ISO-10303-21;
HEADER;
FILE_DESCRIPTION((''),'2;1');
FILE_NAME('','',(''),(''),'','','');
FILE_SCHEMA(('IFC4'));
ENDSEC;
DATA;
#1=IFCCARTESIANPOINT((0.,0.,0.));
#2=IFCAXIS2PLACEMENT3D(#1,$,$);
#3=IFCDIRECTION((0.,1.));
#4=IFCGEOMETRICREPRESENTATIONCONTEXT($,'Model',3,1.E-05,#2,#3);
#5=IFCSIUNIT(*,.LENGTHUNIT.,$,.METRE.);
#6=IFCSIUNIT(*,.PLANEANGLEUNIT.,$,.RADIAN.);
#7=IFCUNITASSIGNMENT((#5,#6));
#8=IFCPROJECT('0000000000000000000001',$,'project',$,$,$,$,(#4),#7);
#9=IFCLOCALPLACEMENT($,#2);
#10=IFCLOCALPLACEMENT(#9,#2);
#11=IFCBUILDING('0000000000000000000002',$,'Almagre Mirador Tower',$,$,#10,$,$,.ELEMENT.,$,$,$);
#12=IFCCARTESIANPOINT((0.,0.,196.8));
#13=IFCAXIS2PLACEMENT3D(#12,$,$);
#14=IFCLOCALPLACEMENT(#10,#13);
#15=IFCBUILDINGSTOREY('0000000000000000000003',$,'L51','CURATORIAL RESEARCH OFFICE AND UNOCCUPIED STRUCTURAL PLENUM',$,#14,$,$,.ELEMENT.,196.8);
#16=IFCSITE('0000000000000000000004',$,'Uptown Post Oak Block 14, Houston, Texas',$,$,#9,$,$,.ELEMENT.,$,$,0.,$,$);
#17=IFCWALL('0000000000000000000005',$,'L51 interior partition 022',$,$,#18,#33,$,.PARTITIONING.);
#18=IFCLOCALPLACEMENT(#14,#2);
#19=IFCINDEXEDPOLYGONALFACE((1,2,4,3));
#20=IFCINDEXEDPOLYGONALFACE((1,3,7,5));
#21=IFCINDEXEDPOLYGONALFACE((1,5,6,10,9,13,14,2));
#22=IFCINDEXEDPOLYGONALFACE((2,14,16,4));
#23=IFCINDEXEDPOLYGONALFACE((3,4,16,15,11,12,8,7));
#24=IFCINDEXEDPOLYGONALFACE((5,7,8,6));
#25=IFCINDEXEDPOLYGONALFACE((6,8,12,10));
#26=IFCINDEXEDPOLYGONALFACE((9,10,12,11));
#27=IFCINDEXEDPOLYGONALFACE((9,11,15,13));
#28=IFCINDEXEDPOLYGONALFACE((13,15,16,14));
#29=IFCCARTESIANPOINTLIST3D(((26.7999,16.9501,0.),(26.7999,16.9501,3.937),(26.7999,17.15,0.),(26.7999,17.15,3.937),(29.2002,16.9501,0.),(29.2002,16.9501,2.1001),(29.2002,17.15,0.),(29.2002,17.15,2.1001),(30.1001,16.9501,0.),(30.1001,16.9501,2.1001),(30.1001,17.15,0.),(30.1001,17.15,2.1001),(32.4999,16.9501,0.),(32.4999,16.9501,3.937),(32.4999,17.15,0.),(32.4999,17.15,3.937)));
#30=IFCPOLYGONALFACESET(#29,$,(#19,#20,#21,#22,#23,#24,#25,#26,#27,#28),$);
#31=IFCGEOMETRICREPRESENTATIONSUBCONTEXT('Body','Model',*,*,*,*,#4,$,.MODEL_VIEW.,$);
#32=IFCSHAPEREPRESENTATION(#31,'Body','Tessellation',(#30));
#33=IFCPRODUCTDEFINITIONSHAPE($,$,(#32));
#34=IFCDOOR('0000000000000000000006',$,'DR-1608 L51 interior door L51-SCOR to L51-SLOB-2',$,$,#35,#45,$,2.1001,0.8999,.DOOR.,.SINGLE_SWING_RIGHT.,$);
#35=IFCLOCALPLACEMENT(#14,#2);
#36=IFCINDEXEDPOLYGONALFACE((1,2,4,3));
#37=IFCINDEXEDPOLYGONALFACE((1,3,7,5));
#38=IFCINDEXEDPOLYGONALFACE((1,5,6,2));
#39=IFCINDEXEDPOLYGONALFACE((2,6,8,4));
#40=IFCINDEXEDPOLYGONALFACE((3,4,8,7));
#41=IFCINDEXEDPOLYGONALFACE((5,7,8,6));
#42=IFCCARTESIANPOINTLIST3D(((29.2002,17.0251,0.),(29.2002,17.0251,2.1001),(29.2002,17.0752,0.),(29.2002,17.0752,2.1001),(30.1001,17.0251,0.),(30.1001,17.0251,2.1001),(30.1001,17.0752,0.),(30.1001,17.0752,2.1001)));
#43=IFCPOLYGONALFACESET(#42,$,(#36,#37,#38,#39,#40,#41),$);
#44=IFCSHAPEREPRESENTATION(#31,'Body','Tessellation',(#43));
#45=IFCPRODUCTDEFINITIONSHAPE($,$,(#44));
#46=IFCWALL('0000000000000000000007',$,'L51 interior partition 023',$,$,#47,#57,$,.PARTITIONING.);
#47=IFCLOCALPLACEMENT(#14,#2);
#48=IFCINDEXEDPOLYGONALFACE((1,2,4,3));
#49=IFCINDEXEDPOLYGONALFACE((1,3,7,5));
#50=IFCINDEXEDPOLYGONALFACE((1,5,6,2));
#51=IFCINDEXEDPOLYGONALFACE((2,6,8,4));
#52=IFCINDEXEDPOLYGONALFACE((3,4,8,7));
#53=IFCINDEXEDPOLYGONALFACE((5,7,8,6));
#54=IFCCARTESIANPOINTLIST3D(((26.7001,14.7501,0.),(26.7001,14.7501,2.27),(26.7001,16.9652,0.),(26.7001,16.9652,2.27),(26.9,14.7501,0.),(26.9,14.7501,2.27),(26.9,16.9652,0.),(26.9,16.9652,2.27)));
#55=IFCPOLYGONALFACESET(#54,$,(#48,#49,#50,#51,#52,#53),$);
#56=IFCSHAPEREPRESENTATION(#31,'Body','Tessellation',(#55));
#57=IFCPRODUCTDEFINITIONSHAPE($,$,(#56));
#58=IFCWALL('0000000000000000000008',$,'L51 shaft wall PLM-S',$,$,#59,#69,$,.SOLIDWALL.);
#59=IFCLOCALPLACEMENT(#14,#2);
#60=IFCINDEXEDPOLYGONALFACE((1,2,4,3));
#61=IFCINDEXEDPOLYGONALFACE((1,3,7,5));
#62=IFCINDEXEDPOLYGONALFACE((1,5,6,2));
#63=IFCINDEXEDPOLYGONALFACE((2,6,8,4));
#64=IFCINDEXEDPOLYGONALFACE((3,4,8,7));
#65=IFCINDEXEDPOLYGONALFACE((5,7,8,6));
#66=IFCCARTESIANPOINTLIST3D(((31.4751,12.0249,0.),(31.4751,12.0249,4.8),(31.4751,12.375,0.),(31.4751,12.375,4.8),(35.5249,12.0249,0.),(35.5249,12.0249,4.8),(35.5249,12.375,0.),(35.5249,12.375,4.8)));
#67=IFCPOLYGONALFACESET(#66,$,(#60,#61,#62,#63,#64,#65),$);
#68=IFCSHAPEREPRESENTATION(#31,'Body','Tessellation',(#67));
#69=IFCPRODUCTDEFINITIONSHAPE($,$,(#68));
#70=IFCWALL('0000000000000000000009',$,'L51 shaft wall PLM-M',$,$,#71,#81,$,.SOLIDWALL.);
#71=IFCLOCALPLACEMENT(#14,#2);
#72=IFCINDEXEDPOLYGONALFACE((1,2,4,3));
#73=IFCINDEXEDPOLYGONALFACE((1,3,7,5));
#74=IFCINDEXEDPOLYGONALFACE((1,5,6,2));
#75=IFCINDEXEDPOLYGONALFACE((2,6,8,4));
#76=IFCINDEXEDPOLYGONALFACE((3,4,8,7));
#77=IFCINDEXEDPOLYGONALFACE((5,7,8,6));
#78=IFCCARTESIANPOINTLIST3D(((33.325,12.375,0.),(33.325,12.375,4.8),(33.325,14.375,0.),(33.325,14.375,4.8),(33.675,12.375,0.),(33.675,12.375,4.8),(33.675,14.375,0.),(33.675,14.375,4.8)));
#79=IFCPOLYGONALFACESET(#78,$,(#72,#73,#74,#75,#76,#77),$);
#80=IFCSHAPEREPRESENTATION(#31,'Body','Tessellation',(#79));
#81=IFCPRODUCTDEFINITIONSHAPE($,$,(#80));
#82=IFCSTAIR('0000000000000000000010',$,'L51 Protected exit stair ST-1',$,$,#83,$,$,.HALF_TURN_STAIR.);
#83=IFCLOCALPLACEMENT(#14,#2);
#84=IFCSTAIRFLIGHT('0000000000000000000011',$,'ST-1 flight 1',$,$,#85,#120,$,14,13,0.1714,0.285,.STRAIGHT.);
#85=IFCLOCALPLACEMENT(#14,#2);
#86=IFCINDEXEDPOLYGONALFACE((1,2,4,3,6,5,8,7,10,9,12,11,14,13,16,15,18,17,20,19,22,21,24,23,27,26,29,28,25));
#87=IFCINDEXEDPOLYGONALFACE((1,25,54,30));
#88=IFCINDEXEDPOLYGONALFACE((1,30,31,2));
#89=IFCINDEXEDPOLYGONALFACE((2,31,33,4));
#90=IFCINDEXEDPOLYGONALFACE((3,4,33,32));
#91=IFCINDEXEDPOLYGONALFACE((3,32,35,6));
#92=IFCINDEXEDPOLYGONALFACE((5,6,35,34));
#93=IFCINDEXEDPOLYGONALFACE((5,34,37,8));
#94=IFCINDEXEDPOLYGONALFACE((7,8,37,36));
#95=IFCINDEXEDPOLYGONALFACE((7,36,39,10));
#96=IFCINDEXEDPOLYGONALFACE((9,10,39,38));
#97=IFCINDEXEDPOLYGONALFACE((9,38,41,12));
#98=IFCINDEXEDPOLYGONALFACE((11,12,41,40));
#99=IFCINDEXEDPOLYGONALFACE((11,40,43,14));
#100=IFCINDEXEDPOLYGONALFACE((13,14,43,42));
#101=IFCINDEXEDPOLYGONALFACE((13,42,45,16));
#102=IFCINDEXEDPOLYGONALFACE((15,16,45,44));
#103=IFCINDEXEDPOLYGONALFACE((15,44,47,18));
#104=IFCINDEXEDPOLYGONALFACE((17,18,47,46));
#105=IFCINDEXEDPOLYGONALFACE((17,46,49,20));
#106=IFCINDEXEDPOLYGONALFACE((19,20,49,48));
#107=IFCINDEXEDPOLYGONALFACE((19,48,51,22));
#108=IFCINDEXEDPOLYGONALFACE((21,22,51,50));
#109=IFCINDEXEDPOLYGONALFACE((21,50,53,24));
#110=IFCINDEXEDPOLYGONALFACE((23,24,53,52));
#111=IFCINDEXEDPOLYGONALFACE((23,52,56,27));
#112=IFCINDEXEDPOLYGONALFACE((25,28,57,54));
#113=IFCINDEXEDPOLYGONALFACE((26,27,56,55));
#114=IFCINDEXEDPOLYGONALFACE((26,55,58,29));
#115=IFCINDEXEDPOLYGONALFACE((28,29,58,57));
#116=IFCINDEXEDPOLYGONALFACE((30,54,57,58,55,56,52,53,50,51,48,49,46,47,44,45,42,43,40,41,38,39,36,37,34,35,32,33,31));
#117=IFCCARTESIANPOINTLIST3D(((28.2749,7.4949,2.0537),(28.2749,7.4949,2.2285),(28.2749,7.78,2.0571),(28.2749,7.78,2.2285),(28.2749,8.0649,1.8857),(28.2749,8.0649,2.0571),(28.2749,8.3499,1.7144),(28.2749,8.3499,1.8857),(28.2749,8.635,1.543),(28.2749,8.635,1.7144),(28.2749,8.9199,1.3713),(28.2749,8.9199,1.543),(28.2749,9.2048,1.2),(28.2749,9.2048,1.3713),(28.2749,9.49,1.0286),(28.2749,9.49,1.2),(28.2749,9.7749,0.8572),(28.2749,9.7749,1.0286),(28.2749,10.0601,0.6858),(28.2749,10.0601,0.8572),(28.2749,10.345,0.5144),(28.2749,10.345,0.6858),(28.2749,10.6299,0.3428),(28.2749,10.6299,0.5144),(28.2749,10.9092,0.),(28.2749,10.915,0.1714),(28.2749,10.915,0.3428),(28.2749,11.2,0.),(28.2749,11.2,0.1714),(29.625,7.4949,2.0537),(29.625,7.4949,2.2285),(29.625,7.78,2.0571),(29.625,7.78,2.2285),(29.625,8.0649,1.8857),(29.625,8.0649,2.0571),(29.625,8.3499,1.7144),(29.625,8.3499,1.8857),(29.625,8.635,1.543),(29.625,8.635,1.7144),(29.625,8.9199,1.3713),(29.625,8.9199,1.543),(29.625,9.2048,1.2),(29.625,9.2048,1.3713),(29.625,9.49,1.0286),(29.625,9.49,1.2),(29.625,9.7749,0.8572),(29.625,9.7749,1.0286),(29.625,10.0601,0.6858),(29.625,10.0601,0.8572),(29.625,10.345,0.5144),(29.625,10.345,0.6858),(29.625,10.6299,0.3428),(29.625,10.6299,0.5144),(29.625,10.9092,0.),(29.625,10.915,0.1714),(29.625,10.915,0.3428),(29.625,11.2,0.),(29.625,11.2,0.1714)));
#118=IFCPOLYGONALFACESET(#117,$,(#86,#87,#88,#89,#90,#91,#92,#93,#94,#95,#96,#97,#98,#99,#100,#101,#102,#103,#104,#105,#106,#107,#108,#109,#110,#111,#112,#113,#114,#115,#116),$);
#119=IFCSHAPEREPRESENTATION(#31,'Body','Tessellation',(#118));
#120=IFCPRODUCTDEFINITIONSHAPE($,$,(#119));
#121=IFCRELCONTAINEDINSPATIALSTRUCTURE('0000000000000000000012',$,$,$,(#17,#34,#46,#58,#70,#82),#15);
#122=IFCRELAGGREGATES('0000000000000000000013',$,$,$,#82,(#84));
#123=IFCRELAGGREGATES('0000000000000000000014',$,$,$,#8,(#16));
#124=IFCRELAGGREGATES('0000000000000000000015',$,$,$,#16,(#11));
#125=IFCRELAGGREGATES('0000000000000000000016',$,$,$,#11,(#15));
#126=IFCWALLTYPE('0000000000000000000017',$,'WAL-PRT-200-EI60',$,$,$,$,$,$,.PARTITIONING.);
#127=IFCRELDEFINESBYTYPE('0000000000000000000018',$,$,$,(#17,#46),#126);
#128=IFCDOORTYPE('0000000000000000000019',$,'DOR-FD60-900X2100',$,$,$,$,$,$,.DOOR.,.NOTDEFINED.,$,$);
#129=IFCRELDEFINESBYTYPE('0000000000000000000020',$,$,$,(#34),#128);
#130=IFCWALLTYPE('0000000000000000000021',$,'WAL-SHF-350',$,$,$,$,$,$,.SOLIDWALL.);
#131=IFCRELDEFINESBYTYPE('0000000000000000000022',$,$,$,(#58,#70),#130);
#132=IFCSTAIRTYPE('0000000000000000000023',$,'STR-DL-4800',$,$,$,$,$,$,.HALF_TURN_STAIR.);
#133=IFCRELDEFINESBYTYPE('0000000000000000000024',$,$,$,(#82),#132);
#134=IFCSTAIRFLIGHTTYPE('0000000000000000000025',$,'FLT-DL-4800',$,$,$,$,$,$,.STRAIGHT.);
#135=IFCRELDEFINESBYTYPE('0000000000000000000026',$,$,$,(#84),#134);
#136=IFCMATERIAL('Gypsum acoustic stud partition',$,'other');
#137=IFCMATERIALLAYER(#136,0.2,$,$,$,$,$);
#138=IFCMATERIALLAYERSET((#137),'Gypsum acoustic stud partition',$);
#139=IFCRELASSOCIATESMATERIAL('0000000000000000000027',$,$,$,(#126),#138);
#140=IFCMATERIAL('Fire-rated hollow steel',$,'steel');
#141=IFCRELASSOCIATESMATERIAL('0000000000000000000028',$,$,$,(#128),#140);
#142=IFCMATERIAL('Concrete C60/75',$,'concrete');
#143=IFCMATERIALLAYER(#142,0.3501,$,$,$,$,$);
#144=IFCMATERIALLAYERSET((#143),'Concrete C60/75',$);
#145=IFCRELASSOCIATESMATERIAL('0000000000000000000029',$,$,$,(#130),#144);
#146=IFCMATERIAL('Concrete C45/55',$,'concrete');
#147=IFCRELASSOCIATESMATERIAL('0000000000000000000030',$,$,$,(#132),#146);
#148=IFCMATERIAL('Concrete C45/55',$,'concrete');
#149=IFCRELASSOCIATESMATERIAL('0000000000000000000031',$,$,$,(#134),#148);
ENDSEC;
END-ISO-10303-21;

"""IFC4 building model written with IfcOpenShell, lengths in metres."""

from ifc_helpers import new_model, si_unit, direction, frame, frame_2d, origin, place, context, subcontext, project, spatial, polyline, rectangle, outline, extrude, material, layer, layer_set, type_object, element, fill, aggregate, save


model = new_model("IFC4")

# Units and contexts
model_context = context("Model", 3, precision=1e-05, world=origin(), true_north=direction((0.0, 1.0)))
body_context = subcontext(model_context, "Body", "Model", "MODEL_VIEW")
ifc_project = project(units=[si_unit("LENGTHUNIT", "METRE"), si_unit("PLANEANGLEUNIT", "RADIAN")], contexts=[model_context])

# Site, building, storey
site_placement = place(None, origin())
site = spatial("IfcSite", under=ifc_project, at=site_placement, Name="Uptown Post Oak Block 14, Houston, Texas", CompositionType="ELEMENT", RefElevation=0.0)
building_placement = place(site_placement, origin())
building = spatial("IfcBuilding", under=site, at=building_placement, Name="Almagre Mirador Tower", CompositionType="ELEMENT")
storey_placement = place(building_placement, frame((0.0, 0.0, 196.8)))
storey = spatial("IfcBuildingStorey", under=building, at=storey_placement, Name="L51", Description="CURATORIAL RESEARCH OFFICE AND UNOCCUPIED STRUCTURAL PLENUM", CompositionType="ELEMENT", Elevation=196.8)

# Shared definitions
ifc_material_1 = material(Name="Gypsum acoustic stud partition", Category="other")
ifc_layer_1 = layer(ifc_material_1, 0.2)
ifc_layer_set_1 = layer_set([ifc_layer_1], Name="Gypsum acoustic stud partition")
wall_type_1 = type_object("IfcWallType", Name="WAL-PRT-200-EI60", PredefinedType="PARTITIONING", material=ifc_layer_set_1)
ifc_material_2 = material(Name="Fire-rated hollow steel", Category="steel")
door_type_1 = type_object("IfcDoorType", Name="DOR-FD60-900X2100", OperationType="NOTDEFINED", PredefinedType="DOOR", material=ifc_material_2)

# Wall, opening, door
wall_1_placement = place(storey_placement, frame((32.5, 17.05, 0.0), z_axis=(0.0, 0.0, 1.0), x_axis=(-1.0, 0.0, 0.0)))
wall_1 = element("IfcWall", 1, at=wall_1_placement, inside=storey, type_object=wall_type_1, Name="L51 interior partition 022", PredefinedType="PARTITIONING", context=body_context, shape_type="SweptSolid", body=[
    extrude(rectangle(XDim=5.7, YDim=0.2, at=frame_2d((2.8501, 0.0))), origin(), (0.0, 0.0, 1.0), 3.937),
])
opening_1_placement = place(wall_1_placement, frame((2.3999, 0.0, 0.0)))
opening_1 = element("IfcOpeningElement", 2, at=opening_1_placement, cuts=wall_1, PredefinedType="OPENING", context=body_context, shape_type="SweptSolid", body=[
    extrude(rectangle(XDim=0.8999, YDim=2.1001, at=frame_2d((0.45, 1.05))), frame((0.0, 0.1101, 0.0), z_axis=(0.0, -1.0, 0.0), x_axis=(1.0, 0.0, 0.0)), (0.0, 0.0, 1.0), 0.22),
])
door_1_placement = place(opening_1_placement, origin())
door_1 = element("IfcDoor", 3, at=door_1_placement, inside=storey, type_object=door_type_1, Name="DR-1608 L51 interior door L51-SCOR to L51-SLOB-2", OperationType="SINGLE_SWING_RIGHT", OverallHeight=2.1001, OverallWidth=0.8999, PredefinedType="DOOR", context=body_context, shape_type="SweptSolid", body=[
    extrude(rectangle(XDim=0.8999, YDim=2.1001, at=frame_2d((0.45, 1.05))), frame((0.0, 0.0249, 0.0), z_axis=(0.0, -1.0, 0.0), x_axis=(1.0, 0.0, 0.0)), (0.0, 0.0, 1.0), 0.05),
])
fill(opening_1, door_1)

# Walls
wall_2_placement = place(storey_placement, frame((26.8, 16.9651, 0.0), z_axis=(0.0, 0.0, 1.0), x_axis=(0.0, -1.0, 0.0)))
element("IfcWall", 4, at=wall_2_placement, inside=storey, type_object=wall_type_1, Name="L51 interior partition 023", PredefinedType="PARTITIONING", context=body_context, shape_type="SweptSolid", body=[
    extrude(rectangle(XDim=2.2151, YDim=0.2, at=frame_2d((1.1074, 0.0))), origin(), (0.0, 0.0, 1.0), 2.27),
])
ifc_material_3 = material(Name="Concrete C60/75", Category="concrete")
ifc_layer_2 = layer(ifc_material_3, 0.3501)
ifc_layer_set_2 = layer_set([ifc_layer_2], Name="Concrete C60/75")
wall_type_2 = type_object("IfcWallType", Name="WAL-SHF-350", PredefinedType="SOLIDWALL", material=ifc_layer_set_2)
wall_3_placement = place(storey_placement, frame((31.4751, 12.2, 0.0), z_axis=(0.0, 0.0, 1.0), x_axis=(1.0, 0.0, 0.0)))
element("IfcWall", 5, at=wall_3_placement, inside=storey, type_object=wall_type_2, Name="L51 shaft wall PLM-S", PredefinedType="SOLIDWALL", context=body_context, shape_type="SweptSolid", body=[
    extrude(rectangle(XDim=4.0498, YDim=0.3501, at=frame_2d((2.0249, 0.0))), origin(), (0.0, 0.0, 1.0), 4.8),
])
wall_4_placement = place(storey_placement, frame((33.5, 12.375, 0.0), z_axis=(0.0, 0.0, 1.0), x_axis=(0.0, 1.0, 0.0)))
element("IfcWall", 6, at=wall_4_placement, inside=storey, type_object=wall_type_2, Name="L51 shaft wall PLM-M", PredefinedType="SOLIDWALL", context=body_context, shape_type="SweptSolid", body=[
    extrude(rectangle(XDim=2.0, YDim=0.3501, at=frame_2d((1.0, 0.0))), origin(), (0.0, 0.0, 1.0), 4.8),
])

# Stair, stair flight
ifc_material_4 = material(Name="Concrete C45/55", Category="concrete")
stair_type = type_object("IfcStairType", Name="STR-DL-4800", PredefinedType="HALF_TURN_STAIR", material=ifc_material_4)
stair_placement = place(storey_placement, origin())
stair = element("IfcStair", 7, at=stair_placement, inside=storey, type_object=stair_type, Name="L51 Protected exit stair ST-1", PredefinedType="HALF_TURN_STAIR")
ifc_material_5 = material(Name="Concrete C45/55", Category="concrete")
stair_flight_type = type_object("IfcStairFlightType", Name="FLT-DL-4800", PredefinedType="STRAIGHT", material=ifc_material_5)
stair_flight_placement = place(storey_placement, frame((28.95, 11.2, 0.0), z_axis=(0.0, 0.0, 1.0), x_axis=(0.0, -1.0, 0.0)))
stair_flight = element("IfcStairFlight", 8, at=stair_flight_placement, type_object=stair_flight_type, Name="ST-1 flight 1", NumberOfRisers=14, NumberOfTreads=13, PredefinedType="STRAIGHT", RiserHeight=0.1714, TreadLength=0.285, context=body_context, shape_type="SweptSolid", body=[
    extrude(outline(polyline([(0.0, 0.0), (0.0, 0.1714), (0.2849, 0.1714), (0.2849, 0.3428), (0.5701, 0.3428), (0.5701, 0.5144), (0.855, 0.5144), (0.855, 0.6858), (1.1399, 0.6858), (1.1399, 0.8572), (1.425, 0.8572), (1.425, 1.0286), (1.71, 1.0286), (1.71, 1.2), (1.9951, 1.2), (1.9951, 1.3713), (2.28, 1.3713), (2.28, 1.543), (2.5649, 1.543), (2.5649, 1.7144), (2.8501, 1.7144), (2.8501, 1.8857), (3.135, 1.8857), (3.135, 2.0571), (3.4199, 2.0571), (3.4199, 2.2285), (3.7051, 2.2285), (3.7051, 2.3999), (3.7051, 2.0537), (0.2908, 0.0), (0.0, 0.0)])), frame((0.0, 0.675, 0.0), z_axis=(0.0, -1.0, 0.0), x_axis=(1.0, 0.0, 0.0)), (0.0, 0.0, 1.0), 1.3501),
])
aggregate(stair, [stair_flight])

save(model, "model.ifc")
